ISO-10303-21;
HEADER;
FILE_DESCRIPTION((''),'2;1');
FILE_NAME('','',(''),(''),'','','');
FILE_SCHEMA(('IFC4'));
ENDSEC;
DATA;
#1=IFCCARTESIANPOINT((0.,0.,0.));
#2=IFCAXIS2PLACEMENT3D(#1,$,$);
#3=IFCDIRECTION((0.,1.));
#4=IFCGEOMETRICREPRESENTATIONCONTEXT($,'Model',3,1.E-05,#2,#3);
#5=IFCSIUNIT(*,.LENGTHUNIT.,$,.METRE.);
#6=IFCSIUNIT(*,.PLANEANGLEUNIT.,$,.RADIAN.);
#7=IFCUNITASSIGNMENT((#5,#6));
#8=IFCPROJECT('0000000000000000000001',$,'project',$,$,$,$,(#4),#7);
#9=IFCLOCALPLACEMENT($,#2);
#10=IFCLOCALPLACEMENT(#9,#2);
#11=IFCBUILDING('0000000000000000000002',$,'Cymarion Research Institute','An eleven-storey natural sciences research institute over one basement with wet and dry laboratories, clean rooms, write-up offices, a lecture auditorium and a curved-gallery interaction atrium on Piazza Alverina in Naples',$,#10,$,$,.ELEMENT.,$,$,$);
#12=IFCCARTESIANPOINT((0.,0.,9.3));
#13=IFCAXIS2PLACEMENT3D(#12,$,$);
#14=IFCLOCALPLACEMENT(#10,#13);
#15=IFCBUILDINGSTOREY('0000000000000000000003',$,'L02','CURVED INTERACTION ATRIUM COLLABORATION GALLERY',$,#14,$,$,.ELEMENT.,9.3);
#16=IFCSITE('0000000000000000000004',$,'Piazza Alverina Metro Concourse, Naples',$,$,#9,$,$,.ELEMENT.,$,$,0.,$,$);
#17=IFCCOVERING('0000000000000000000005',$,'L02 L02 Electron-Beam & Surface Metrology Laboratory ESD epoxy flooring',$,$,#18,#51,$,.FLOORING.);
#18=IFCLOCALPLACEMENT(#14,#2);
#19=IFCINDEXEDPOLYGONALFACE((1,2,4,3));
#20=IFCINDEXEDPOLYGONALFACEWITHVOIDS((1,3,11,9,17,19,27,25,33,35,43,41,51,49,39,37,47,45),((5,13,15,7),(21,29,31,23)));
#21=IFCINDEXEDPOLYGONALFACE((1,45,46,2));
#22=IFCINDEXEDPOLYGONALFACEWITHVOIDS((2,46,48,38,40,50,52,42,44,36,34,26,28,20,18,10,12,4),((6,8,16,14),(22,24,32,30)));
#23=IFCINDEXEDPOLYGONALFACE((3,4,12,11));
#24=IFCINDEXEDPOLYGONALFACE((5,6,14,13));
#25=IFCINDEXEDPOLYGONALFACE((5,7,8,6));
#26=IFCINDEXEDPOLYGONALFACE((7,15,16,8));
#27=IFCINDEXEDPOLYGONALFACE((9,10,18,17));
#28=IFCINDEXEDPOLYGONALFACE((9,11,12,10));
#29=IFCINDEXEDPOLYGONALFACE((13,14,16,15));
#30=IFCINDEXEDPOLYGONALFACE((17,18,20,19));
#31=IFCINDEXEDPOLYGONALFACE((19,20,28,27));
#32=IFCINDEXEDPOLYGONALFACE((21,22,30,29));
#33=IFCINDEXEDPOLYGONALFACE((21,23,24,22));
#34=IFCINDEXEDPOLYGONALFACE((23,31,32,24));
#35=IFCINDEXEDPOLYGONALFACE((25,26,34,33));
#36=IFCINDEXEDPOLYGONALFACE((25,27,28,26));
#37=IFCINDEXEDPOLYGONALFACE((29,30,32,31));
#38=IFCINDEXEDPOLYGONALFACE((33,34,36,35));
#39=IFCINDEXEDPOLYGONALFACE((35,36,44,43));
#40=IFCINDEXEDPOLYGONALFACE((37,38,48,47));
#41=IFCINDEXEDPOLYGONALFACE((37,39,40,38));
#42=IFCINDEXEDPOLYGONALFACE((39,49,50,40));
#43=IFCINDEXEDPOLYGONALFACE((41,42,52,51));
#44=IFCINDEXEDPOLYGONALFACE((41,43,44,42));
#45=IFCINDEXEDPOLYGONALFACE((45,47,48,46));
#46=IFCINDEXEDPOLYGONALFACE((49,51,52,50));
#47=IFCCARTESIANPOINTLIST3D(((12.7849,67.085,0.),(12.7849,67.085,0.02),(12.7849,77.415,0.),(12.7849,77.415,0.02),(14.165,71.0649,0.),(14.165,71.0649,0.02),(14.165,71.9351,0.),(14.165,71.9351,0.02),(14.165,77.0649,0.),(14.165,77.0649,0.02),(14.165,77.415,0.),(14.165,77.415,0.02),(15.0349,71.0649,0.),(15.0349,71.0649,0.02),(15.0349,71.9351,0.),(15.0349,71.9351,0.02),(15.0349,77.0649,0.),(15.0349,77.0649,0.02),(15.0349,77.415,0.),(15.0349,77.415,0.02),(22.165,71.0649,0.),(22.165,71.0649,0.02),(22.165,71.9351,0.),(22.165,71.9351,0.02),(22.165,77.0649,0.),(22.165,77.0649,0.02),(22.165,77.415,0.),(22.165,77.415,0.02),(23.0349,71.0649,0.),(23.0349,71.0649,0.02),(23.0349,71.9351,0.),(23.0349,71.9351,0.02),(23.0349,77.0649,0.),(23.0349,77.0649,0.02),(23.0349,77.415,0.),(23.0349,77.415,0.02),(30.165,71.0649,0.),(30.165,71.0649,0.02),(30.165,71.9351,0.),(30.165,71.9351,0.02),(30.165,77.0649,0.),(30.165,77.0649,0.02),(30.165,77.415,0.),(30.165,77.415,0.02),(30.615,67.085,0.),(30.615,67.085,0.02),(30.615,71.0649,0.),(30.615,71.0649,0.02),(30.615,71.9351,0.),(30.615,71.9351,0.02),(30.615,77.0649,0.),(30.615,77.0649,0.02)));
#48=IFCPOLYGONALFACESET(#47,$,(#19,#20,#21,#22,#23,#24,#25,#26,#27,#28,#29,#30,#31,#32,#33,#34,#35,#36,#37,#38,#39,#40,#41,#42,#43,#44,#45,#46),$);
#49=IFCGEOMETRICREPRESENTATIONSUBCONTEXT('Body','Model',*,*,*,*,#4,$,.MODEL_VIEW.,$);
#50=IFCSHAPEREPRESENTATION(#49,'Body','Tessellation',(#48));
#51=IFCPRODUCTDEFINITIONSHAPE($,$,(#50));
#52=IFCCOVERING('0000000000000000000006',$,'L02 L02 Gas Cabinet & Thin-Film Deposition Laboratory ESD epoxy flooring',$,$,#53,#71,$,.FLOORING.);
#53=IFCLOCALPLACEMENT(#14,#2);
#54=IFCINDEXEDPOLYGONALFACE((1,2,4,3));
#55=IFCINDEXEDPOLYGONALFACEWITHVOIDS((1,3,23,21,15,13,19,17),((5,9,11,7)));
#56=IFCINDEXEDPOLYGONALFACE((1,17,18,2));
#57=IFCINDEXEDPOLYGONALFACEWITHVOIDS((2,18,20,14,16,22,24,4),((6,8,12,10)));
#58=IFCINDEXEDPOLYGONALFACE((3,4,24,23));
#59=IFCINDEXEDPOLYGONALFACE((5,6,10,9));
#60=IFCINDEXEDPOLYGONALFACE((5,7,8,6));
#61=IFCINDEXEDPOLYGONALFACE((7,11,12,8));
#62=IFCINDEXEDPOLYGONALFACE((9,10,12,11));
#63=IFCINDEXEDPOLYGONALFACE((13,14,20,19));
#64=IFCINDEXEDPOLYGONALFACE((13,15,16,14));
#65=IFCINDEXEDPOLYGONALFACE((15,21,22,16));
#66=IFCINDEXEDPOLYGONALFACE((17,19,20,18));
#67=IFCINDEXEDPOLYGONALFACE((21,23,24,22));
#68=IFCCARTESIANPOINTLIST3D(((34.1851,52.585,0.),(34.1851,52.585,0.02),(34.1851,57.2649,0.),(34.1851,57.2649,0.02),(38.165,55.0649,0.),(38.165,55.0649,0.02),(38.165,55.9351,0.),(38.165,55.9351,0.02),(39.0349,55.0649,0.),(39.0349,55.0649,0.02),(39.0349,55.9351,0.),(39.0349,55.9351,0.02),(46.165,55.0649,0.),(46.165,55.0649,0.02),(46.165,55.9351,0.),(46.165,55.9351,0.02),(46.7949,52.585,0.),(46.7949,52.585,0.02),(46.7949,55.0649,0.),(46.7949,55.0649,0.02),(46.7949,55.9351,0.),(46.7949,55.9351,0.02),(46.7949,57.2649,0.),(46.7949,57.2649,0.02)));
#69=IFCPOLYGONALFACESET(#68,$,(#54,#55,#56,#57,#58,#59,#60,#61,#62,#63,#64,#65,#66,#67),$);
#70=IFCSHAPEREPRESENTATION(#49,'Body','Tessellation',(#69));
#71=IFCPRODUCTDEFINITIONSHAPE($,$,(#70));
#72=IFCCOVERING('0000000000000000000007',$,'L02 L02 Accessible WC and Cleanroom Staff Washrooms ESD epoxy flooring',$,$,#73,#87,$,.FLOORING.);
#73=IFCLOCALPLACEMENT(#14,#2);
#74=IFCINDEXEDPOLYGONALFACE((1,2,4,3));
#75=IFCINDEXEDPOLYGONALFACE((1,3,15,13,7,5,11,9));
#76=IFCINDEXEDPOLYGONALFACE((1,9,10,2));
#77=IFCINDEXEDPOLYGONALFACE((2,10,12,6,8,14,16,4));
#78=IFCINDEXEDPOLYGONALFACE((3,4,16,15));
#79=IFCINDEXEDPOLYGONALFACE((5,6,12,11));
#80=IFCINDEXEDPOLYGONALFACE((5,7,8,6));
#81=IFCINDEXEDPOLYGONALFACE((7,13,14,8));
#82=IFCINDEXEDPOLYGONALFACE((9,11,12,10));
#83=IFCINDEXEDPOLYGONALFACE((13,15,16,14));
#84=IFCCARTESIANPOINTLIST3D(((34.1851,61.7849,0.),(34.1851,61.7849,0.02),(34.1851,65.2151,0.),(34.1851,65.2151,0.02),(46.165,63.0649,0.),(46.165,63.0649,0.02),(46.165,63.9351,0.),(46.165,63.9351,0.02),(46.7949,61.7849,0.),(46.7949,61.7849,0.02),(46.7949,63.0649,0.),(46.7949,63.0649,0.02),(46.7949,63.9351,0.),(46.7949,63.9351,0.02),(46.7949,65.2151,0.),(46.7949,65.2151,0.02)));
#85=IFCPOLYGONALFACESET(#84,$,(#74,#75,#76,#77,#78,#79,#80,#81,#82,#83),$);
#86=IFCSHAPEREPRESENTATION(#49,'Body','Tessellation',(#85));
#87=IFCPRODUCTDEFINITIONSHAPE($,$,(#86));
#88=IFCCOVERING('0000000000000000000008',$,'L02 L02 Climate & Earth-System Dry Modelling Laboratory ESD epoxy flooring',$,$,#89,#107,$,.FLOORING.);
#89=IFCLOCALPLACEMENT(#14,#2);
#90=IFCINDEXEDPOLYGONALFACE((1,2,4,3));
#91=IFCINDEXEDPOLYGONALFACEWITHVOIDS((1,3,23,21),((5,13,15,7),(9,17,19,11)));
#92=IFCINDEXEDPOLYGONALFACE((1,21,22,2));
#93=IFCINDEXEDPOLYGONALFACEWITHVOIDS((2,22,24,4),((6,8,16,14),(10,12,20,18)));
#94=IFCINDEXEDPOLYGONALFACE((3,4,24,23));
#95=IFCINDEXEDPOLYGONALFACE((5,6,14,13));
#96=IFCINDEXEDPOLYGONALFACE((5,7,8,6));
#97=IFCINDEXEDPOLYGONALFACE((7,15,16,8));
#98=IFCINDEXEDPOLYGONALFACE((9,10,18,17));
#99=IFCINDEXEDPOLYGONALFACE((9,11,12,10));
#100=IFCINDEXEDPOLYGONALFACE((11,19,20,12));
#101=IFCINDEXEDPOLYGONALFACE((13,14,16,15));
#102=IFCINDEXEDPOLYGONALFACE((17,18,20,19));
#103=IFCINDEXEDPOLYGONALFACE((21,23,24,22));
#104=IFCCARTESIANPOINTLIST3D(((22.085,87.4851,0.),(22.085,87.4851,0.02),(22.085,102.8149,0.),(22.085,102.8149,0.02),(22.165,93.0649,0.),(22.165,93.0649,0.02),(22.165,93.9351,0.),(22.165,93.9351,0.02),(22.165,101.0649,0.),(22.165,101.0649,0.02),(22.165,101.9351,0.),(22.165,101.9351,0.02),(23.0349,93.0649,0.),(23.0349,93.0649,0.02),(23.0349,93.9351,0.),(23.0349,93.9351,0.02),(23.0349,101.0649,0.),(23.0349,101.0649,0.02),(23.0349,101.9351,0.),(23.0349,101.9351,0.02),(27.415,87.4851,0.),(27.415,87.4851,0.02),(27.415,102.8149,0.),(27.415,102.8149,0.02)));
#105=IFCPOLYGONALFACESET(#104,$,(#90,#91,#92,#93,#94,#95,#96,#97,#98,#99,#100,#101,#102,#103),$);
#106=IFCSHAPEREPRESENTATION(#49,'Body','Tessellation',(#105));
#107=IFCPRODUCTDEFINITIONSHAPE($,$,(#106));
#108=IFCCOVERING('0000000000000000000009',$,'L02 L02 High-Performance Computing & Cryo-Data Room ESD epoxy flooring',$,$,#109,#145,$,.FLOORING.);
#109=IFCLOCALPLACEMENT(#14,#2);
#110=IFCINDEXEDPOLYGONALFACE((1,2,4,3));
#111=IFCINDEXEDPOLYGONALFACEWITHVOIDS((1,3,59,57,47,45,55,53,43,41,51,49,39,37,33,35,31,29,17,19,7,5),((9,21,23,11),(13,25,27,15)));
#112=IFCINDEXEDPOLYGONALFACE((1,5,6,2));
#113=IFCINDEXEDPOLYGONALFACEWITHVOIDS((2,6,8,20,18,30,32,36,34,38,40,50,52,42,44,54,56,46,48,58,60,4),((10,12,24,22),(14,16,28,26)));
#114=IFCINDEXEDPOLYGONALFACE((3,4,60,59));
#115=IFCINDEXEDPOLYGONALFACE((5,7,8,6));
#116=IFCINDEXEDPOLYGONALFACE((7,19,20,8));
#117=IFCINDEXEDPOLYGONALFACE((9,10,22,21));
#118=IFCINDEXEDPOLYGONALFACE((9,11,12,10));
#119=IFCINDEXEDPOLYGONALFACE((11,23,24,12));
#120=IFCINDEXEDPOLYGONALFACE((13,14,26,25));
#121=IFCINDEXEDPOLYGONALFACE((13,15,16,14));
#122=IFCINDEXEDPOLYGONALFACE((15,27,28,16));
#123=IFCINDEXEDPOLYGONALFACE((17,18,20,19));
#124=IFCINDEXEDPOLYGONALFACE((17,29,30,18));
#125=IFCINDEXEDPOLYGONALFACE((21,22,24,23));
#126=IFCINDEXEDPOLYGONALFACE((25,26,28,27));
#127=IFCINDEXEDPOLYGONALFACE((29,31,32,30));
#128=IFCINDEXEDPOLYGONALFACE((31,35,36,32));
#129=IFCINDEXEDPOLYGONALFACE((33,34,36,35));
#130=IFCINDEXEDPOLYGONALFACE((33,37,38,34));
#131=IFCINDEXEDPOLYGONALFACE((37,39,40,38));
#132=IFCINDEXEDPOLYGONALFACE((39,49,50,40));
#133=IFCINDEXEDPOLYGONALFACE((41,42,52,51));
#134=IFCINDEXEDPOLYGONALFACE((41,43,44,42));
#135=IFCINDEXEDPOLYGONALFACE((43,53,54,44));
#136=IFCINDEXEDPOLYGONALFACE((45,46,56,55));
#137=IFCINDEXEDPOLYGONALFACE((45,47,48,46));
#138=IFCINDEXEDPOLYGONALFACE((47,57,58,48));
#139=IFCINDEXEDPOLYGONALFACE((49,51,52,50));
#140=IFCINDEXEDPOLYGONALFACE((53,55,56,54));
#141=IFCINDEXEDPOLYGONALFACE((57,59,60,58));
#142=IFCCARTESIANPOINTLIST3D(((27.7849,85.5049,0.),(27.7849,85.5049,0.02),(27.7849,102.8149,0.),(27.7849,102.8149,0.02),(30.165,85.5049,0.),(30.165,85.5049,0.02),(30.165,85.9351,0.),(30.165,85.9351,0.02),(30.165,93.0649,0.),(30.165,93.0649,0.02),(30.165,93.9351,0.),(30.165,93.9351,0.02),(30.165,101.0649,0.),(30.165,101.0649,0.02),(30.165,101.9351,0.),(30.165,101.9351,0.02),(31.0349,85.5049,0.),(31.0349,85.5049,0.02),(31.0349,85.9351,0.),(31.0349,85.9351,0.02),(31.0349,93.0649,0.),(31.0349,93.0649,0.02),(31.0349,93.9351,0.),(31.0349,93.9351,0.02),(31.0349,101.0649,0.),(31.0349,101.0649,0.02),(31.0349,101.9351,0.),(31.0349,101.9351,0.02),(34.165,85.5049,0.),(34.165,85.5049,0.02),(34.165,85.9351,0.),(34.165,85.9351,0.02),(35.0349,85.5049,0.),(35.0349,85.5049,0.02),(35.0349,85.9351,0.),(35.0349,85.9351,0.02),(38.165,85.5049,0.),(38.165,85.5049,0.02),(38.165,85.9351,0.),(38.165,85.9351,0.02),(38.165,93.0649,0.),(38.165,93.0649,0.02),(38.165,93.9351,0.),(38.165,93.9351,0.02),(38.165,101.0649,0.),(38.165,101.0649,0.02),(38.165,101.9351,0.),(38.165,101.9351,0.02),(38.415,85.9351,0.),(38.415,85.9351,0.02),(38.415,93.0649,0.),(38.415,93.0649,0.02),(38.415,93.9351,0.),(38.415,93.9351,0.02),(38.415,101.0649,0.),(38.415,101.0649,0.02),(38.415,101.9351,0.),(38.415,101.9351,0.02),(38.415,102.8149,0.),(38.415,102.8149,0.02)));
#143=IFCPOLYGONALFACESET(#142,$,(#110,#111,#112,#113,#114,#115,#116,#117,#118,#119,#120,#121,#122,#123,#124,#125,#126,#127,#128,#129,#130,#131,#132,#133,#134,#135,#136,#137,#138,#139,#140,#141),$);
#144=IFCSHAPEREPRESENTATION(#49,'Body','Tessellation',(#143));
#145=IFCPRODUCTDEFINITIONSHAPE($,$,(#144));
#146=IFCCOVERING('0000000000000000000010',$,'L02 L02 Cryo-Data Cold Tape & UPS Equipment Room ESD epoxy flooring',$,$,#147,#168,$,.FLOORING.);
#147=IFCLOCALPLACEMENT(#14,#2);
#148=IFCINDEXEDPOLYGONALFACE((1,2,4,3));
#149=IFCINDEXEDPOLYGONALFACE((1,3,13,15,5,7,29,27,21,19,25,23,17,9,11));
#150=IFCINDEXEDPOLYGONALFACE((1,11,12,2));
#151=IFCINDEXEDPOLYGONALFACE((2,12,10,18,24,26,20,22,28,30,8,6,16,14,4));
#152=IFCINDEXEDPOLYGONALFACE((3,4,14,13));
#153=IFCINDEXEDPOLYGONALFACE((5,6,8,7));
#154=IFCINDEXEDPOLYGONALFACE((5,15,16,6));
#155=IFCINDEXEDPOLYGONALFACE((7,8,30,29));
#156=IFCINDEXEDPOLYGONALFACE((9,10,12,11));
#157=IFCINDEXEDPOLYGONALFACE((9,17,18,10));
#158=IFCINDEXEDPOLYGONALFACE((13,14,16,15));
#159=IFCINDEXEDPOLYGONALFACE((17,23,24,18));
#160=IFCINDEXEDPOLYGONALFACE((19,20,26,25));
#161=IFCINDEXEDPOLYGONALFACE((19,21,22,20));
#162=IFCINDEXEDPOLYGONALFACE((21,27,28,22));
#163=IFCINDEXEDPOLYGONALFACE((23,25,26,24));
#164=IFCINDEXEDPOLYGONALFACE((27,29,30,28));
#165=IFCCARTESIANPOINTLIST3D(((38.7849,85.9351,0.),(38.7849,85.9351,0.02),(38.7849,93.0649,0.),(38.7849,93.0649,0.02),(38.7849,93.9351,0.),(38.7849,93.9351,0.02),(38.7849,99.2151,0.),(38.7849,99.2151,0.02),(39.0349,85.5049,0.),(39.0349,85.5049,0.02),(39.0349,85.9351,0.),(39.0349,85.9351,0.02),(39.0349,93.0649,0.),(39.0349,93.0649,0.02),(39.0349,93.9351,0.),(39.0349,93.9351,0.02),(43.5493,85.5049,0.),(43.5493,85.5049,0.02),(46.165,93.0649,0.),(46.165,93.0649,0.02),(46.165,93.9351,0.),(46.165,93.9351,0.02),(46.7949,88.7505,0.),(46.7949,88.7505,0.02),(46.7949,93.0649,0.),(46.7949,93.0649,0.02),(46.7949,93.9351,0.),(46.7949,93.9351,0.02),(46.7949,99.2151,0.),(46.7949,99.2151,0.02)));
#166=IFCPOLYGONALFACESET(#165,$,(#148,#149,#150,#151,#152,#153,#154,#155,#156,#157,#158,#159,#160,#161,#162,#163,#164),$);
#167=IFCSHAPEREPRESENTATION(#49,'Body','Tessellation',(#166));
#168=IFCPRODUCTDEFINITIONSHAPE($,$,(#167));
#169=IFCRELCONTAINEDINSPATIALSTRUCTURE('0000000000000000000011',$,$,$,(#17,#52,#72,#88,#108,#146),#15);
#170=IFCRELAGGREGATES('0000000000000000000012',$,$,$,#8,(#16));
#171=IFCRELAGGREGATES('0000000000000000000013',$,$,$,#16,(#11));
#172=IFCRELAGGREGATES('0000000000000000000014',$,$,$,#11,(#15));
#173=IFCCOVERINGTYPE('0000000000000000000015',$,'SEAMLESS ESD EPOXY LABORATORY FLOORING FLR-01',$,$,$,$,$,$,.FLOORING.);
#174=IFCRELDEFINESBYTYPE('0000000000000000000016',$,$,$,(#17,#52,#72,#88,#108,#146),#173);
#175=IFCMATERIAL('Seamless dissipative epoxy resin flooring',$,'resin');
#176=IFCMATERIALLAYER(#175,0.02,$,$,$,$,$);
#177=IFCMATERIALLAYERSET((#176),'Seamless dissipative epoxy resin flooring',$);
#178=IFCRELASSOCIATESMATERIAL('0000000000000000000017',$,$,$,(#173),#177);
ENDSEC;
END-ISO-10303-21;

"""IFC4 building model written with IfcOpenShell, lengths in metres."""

from ifc_helpers import new_model, si_unit, direction, frame, origin, place, context, subcontext, project, spatial, polyline, outline, extrude, material, layer, layer_set, type_object, element, save


model = new_model("IFC4")

# Units and contexts
model_context = context("Model", 3, precision=1e-05, world=origin(), true_north=direction((0.0, 1.0)))
body_context = subcontext(model_context, "Body", "Model", "MODEL_VIEW")
ifc_project = project(units=[si_unit("LENGTHUNIT", "METRE"), si_unit("PLANEANGLEUNIT", "RADIAN")], contexts=[model_context])

# Site, building, storey
site_placement = place(None, origin())
site = spatial("IfcSite", under=ifc_project, at=site_placement, Name="Piazza Alverina Metro Concourse, Naples", CompositionType="ELEMENT", RefElevation=0.0)
building_placement = place(site_placement, origin())
building = spatial("IfcBuilding", under=site, at=building_placement, Name="Cymarion Research Institute", Description="An eleven-storey natural sciences research institute over one basement with wet and dry laboratories, clean rooms, write-up offices, a lecture auditorium and a curved-gallery interaction atrium on Piazza Alverina in Naples", CompositionType="ELEMENT")
storey_placement = place(building_placement, frame((0.0, 0.0, 9.3)))
storey = spatial("IfcBuildingStorey", under=building, at=storey_placement, Name="L02", Description="CURVED INTERACTION ATRIUM COLLABORATION GALLERY", CompositionType="ELEMENT", Elevation=9.3)

# Coverings
ifc_material_1 = material(Name="Seamless dissipative epoxy resin flooring", Category="resin")
ifc_layer_1 = layer(ifc_material_1, 0.02)
ifc_layer_set_1 = layer_set([ifc_layer_1], Name="Seamless dissipative epoxy resin flooring")
covering_type_1 = type_object("IfcCoveringType", Name="SEAMLESS ESD EPOXY LABORATORY FLOORING FLR-01", PredefinedType="FLOORING", material=ifc_layer_set_1)
covering_1_placement = place(storey_placement, origin())
element("IfcCovering", 1, at=covering_1_placement, inside=storey, type_object=covering_type_1, Name="L02 L02 Electron-Beam & Surface Metrology Laboratory ESD epoxy flooring", PredefinedType="FLOORING", context=body_context, shape_type="SweptSolid", body=[
    extrude(outline(polyline([(12.7849, 77.415), (14.165, 77.415), (14.165, 77.0649), (15.0349, 77.0649), (15.0349, 77.415), (22.165, 77.415), (22.165, 77.0649), (23.0349, 77.0649), (23.0349, 77.415), (30.165, 77.415), (30.165, 77.0649), (30.615, 77.0649), (30.615, 71.9351), (30.165, 71.9351), (30.165, 71.0649), (30.615, 71.0649), (30.615, 67.085), (12.7849, 67.085), (12.7849, 77.415)]), holes=[polyline([(23.0349, 71.9351), (22.165, 71.9351), (22.165, 71.0649), (23.0349, 71.0649), (23.0349, 71.9351)]), polyline([(15.0349, 71.9351), (14.165, 71.9351), (14.165, 71.0649), (15.0349, 71.0649), (15.0349, 71.9351)])]), origin(), (0.0, 0.0, 1.0), 0.02),
])
covering_2_placement = place(storey_placement, origin())
element("IfcCovering", 2, at=covering_2_placement, inside=storey, type_object=covering_type_1, Name="L02 L02 Gas Cabinet & Thin-Film Deposition Laboratory ESD epoxy flooring", PredefinedType="FLOORING", context=body_context, shape_type="SweptSolid", body=[
    extrude(outline(polyline([(34.1851, 57.2649), (46.7949, 57.2649), (46.7949, 55.9351), (46.165, 55.9351), (46.165, 55.0649), (46.7949, 55.0649), (46.7949, 52.585), (34.1851, 52.585), (34.1851, 57.2649)]), holes=[polyline([(39.0349, 55.9351), (38.165, 55.9351), (38.165, 55.0649), (39.0349, 55.0649), (39.0349, 55.9351)])]), origin(), (0.0, 0.0, 1.0), 0.02),
])
covering_3_placement = place(storey_placement, origin())
element("IfcCovering", 3, at=covering_3_placement, inside=storey, type_object=covering_type_1, Name="L02 L02 Accessible WC and Cleanroom Staff Washrooms ESD epoxy flooring", PredefinedType="FLOORING", context=body_context, shape_type="SweptSolid", body=[
    extrude(outline(polyline([(34.1851, 65.2151), (46.7949, 65.2151), (46.7949, 63.9351), (46.165, 63.9351), (46.165, 63.0649), (46.7949, 63.0649), (46.7949, 61.7849), (34.1851, 61.7849), (34.1851, 65.2151)])), origin(), (0.0, 0.0, 1.0), 0.02),
])
covering_4_placement = place(storey_placement, origin())
element("IfcCovering", 4, at=covering_4_placement, inside=storey, type_object=covering_type_1, Name="L02 L02 Climate & Earth-System Dry Modelling Laboratory ESD epoxy flooring", PredefinedType="FLOORING", context=body_context, shape_type="SweptSolid", body=[
    extrude(outline(polyline([(22.085, 102.8149), (27.415, 102.8149), (27.415, 87.4851), (22.085, 87.4851), (22.085, 102.8149)]), holes=[polyline([(23.0349, 93.9351), (22.165, 93.9351), (22.165, 93.0649), (23.0349, 93.0649), (23.0349, 93.9351)]), polyline([(23.0349, 101.9351), (22.165, 101.9351), (22.165, 101.0649), (23.0349, 101.0649), (23.0349, 101.9351)])]), origin(), (0.0, 0.0, 1.0), 0.02),
])
covering_5_placement = place(storey_placement, origin())
element("IfcCovering", 5, at=covering_5_placement, inside=storey, type_object=covering_type_1, Name="L02 L02 High-Performance Computing & Cryo-Data Room ESD epoxy flooring", PredefinedType="FLOORING", context=body_context, shape_type="SweptSolid", body=[
    extrude(outline(polyline([(38.415, 102.8149), (38.415, 101.9351), (38.165, 101.9351), (38.165, 101.0649), (38.415, 101.0649), (38.415, 93.9351), (38.165, 93.9351), (38.165, 93.0649), (38.415, 93.0649), (38.415, 85.9351), (38.165, 85.9351), (38.165, 85.5049), (35.0349, 85.5049), (35.0349, 85.9351), (34.165, 85.9351), (34.165, 85.5049), (31.0349, 85.5049), (31.0349, 85.9351), (30.165, 85.9351), (30.165, 85.5049), (27.7849, 85.5049), (27.7849, 102.8149), (38.415, 102.8149)]), holes=[polyline([(31.0349, 93.9351), (30.165, 93.9351), (30.165, 93.0649), (31.0349, 93.0649), (31.0349, 93.9351)]), polyline([(31.0349, 101.9351), (30.165, 101.9351), (30.165, 101.0649), (31.0349, 101.0649), (31.0349, 101.9351)])]), origin(), (0.0, 0.0, 1.0), 0.02),
])
covering_6_placement = place(storey_placement, origin())
element("IfcCovering", 6, at=covering_6_placement, inside=storey, type_object=covering_type_1, Name="L02 L02 Cryo-Data Cold Tape & UPS Equipment Room ESD epoxy flooring", PredefinedType="FLOORING", context=body_context, shape_type="SweptSolid", body=[
    extrude(outline(polyline([(46.7949, 93.0649), (46.7949, 88.7505), (43.5493, 85.5049), (39.0349, 85.5049), (39.0349, 85.9351), (38.7849, 85.9351), (38.7849, 93.0649), (39.0349, 93.0649), (39.0349, 93.9351), (38.7849, 93.9351), (38.7849, 99.2151), (46.7949, 99.2151), (46.7949, 93.9351), (46.165, 93.9351), (46.165, 93.0649), (46.7949, 93.0649)])), origin(), (0.0, 0.0, 1.0), 0.02),
])

save(model, "model.ifc")
